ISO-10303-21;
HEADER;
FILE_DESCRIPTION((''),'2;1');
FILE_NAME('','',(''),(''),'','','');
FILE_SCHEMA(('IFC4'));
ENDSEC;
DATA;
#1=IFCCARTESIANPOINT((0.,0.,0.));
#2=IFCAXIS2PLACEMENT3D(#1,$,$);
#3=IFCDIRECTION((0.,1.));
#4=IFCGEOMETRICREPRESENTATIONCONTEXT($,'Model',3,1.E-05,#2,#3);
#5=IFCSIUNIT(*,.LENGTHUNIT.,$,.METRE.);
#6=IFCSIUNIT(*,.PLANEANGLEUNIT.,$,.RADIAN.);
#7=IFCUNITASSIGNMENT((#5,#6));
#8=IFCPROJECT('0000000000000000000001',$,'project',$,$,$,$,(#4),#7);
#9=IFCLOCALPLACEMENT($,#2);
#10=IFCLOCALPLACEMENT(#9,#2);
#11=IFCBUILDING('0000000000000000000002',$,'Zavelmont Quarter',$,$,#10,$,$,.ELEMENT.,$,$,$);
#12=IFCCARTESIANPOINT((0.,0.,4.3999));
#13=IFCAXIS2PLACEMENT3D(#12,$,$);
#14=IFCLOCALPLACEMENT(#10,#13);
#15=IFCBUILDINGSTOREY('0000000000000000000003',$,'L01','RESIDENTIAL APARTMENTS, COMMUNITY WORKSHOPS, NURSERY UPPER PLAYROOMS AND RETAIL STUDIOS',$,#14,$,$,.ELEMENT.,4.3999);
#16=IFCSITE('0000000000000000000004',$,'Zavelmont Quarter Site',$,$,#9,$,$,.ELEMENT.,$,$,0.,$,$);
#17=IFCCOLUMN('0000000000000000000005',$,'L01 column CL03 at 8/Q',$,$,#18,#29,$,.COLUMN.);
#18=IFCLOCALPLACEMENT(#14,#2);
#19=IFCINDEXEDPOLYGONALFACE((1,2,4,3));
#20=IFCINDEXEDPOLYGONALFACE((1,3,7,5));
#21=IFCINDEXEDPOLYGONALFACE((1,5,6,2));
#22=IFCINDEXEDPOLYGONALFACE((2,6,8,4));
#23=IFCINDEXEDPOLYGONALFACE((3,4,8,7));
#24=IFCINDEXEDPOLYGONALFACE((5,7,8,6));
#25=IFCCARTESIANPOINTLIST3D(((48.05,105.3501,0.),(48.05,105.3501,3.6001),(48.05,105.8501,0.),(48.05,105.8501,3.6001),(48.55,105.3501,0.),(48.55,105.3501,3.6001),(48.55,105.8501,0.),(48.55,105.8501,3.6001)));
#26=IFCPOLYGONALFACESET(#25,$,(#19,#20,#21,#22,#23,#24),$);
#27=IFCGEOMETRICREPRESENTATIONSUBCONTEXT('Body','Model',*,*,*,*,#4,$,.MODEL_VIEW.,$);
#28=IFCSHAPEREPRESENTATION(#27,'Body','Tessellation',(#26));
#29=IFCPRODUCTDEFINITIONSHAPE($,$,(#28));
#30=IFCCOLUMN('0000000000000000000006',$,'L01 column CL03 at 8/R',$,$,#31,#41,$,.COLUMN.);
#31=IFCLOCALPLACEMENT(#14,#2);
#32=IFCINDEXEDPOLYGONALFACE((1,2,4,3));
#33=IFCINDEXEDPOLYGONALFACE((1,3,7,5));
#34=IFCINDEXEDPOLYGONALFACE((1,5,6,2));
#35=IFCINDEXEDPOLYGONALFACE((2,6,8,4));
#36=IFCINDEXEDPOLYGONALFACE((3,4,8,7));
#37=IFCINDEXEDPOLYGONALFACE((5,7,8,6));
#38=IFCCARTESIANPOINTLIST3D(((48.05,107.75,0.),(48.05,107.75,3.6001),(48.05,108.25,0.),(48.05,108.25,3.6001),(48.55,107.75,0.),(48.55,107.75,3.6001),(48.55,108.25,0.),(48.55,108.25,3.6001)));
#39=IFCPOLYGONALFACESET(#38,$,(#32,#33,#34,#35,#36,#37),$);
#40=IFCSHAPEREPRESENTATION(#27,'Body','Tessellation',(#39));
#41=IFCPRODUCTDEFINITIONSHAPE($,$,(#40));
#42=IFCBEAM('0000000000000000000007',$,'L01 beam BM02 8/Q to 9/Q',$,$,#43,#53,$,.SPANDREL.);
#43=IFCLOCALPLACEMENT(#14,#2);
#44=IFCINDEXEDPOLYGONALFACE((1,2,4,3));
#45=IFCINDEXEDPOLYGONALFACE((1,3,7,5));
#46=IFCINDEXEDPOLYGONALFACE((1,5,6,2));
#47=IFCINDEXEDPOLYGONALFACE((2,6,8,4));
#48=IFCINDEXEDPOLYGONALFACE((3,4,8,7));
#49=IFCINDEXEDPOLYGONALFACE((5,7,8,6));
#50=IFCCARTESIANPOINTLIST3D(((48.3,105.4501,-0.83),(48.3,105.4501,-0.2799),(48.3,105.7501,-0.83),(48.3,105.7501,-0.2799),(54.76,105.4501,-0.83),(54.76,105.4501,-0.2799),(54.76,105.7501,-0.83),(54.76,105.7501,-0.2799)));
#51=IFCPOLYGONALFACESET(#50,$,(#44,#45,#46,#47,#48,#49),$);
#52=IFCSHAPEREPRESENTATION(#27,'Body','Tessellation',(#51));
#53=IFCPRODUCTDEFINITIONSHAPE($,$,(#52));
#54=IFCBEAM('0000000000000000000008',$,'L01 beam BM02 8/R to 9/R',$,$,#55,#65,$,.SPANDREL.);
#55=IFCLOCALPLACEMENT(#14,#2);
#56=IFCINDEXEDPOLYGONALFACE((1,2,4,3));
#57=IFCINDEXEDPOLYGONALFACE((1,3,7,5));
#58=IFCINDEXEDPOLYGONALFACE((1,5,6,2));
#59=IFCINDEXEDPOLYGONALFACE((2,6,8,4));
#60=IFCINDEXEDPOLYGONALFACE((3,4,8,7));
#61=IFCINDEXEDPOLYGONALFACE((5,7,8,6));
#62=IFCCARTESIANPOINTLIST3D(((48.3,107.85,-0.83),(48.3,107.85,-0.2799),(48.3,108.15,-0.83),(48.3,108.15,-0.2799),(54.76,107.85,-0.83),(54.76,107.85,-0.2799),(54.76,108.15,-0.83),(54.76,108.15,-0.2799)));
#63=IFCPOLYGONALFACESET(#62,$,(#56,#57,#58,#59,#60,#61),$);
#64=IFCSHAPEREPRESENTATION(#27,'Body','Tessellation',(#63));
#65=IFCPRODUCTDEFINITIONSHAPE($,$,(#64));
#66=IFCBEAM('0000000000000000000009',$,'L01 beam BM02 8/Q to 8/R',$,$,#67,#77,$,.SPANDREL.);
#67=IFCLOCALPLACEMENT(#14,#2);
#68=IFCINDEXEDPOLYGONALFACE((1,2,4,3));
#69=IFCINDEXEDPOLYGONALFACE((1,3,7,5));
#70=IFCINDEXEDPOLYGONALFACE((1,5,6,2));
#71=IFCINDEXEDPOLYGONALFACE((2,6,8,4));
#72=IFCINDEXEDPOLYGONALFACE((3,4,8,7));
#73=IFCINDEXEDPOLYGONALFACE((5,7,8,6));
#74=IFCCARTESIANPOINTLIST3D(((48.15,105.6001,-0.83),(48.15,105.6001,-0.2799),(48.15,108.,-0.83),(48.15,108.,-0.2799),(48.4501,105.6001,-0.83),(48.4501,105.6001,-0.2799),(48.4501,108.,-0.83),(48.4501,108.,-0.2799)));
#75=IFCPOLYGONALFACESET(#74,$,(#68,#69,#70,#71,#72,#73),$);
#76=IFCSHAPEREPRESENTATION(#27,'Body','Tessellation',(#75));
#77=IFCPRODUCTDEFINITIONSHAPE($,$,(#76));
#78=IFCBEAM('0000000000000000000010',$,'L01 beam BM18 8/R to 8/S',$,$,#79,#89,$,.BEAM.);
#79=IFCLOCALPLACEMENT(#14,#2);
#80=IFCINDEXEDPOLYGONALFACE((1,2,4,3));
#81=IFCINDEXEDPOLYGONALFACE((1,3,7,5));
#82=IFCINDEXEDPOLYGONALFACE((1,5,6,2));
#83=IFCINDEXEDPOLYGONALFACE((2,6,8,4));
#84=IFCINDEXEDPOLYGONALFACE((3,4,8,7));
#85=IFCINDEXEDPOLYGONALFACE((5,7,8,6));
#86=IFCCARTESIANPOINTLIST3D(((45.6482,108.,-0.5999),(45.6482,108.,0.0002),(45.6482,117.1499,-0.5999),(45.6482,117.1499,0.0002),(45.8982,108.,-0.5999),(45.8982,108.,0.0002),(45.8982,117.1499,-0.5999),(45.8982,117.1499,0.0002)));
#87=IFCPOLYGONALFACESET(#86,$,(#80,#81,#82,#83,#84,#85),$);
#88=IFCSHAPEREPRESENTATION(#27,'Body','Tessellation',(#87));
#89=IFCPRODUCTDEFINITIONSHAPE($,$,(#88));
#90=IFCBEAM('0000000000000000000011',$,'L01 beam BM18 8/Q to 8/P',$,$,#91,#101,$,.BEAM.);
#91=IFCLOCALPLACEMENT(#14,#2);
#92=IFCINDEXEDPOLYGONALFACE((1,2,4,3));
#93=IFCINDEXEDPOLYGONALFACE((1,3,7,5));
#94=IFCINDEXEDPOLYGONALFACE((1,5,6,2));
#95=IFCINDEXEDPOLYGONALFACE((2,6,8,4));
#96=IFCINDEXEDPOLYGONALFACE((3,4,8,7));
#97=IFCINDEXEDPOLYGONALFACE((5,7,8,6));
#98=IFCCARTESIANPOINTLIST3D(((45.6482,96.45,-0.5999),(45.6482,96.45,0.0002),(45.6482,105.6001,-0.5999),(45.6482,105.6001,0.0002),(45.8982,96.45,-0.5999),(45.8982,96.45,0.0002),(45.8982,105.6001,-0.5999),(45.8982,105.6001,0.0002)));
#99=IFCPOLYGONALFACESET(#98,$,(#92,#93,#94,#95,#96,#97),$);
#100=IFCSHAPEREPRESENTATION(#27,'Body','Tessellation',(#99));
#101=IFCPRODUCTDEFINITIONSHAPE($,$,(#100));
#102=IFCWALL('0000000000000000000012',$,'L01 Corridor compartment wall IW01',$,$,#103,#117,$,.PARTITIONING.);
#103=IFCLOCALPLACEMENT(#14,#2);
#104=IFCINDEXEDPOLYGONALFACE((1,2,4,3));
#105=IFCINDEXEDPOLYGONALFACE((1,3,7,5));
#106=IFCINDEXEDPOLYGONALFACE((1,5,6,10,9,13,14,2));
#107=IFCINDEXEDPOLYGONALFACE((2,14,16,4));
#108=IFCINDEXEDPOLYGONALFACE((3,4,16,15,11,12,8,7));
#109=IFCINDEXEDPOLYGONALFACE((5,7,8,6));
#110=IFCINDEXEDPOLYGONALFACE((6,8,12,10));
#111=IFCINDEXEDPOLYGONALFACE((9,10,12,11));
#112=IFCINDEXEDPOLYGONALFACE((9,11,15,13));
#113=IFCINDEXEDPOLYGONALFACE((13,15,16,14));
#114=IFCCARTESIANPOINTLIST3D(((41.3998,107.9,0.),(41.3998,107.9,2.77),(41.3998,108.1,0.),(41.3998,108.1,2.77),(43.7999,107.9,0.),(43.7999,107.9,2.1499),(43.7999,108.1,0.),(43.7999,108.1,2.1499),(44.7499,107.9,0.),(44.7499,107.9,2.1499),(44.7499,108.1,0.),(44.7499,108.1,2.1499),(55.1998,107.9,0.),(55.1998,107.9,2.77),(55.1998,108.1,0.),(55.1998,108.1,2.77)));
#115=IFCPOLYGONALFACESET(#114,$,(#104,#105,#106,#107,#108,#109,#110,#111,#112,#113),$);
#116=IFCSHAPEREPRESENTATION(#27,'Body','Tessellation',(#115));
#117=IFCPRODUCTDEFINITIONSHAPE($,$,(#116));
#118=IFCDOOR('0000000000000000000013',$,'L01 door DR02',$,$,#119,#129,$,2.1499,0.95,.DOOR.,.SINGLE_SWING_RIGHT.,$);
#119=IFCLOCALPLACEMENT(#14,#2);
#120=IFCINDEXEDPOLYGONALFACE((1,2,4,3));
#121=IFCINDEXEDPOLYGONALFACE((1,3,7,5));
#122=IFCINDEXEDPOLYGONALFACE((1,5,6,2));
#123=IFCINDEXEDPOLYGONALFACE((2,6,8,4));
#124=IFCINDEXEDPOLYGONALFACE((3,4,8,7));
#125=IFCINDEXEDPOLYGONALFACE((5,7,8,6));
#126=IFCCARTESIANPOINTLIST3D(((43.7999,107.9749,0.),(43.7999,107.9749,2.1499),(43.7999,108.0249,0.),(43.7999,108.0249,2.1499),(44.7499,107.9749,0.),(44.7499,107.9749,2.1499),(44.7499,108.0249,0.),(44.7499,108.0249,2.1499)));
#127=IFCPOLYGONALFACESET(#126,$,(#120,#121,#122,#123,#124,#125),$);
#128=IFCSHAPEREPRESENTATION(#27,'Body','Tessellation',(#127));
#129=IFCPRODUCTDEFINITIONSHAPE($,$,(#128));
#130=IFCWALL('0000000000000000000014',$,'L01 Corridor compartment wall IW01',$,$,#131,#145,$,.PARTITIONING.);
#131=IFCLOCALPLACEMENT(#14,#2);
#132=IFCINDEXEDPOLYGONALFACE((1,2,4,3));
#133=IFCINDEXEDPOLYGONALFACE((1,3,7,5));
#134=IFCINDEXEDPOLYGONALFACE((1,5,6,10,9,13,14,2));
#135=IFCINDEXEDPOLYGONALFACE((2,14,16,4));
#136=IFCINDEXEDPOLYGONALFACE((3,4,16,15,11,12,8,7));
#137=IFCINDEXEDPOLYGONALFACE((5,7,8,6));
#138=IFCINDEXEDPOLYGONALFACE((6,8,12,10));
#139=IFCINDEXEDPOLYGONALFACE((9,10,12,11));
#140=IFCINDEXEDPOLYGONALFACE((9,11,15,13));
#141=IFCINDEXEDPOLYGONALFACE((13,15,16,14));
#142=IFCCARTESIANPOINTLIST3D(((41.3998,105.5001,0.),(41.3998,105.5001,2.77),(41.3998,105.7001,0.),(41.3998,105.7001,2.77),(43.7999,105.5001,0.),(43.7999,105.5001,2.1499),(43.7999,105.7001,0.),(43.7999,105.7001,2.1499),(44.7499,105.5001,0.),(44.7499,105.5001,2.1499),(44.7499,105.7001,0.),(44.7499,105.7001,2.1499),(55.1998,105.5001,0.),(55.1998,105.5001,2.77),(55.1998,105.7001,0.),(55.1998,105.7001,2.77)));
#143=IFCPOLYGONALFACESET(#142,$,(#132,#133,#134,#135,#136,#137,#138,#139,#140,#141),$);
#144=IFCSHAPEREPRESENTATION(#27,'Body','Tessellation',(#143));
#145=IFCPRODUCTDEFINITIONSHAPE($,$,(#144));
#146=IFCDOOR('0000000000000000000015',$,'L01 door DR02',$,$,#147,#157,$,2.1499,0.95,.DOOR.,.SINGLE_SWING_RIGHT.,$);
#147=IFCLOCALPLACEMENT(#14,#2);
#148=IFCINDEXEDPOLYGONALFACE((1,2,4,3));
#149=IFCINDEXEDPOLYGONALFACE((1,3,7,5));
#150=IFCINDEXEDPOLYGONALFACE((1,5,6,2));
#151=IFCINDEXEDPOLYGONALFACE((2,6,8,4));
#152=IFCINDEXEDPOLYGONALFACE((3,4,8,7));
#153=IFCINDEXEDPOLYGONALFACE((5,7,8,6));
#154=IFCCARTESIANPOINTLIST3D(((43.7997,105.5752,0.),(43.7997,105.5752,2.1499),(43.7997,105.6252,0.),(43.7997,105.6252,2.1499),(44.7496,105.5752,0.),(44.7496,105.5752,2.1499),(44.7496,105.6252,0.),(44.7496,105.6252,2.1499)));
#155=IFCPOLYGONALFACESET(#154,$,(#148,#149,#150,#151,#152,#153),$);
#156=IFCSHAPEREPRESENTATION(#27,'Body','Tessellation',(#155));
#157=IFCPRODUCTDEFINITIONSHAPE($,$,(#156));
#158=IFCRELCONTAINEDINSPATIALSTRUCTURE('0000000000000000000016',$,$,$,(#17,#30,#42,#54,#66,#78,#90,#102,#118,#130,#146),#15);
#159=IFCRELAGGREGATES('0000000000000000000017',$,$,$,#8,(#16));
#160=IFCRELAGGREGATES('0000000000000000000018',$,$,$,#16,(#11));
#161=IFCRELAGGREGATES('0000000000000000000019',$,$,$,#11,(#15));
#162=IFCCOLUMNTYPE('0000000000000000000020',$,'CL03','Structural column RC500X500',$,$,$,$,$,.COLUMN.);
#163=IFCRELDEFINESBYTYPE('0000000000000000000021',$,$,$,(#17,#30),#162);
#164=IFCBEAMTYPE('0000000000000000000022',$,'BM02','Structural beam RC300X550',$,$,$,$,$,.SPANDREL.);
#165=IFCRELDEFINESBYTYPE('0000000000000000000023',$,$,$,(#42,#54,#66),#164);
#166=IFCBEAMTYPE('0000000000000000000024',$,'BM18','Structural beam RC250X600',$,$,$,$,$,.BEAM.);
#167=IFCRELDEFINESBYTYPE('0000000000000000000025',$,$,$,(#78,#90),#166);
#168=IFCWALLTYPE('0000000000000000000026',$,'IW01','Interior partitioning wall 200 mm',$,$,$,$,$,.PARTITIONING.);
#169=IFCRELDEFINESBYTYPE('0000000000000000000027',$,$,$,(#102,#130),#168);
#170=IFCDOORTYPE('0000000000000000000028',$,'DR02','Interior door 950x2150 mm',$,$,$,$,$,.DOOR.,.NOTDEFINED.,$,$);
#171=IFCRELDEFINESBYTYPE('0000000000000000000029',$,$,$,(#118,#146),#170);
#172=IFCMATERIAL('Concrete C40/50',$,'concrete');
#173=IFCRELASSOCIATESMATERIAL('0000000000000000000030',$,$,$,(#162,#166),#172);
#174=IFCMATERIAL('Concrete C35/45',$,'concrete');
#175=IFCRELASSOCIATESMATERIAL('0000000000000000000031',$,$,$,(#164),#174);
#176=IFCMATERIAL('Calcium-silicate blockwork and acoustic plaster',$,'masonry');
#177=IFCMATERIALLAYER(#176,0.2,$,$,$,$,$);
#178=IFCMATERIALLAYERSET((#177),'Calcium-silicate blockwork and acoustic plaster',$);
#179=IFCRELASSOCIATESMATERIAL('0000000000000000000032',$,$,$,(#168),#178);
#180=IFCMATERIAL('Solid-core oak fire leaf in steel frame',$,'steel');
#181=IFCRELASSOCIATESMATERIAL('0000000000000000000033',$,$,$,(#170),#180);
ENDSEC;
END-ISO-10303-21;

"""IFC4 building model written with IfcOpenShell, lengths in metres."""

from ifc_helpers import new_model, si_unit, direction, frame, frame_2d, origin, origin_with_axes, origin_2d, place, context, subcontext, project, spatial, rectangle, extrude, material, layer, layer_set, material_profile, profile_set, type_object, element, fill, save


model = new_model("IFC4")

# Units and contexts
model_context = context("Model", 3, precision=1e-05, world=origin(), true_north=direction((0.0, 1.0)))
body_context = subcontext(model_context, "Body", "Model", "MODEL_VIEW")
ifc_project = project(units=[si_unit("LENGTHUNIT", "METRE"), si_unit("PLANEANGLEUNIT", "RADIAN")], contexts=[model_context])

# Site, building, storey
site_placement = place(None, origin())
site = spatial("IfcSite", under=ifc_project, at=site_placement, Name="Zavelmont Quarter Site", CompositionType="ELEMENT", RefElevation=0.0)
building_placement = place(site_placement, origin())
building = spatial("IfcBuilding", under=site, at=building_placement, Name="Zavelmont Quarter", CompositionType="ELEMENT")
storey_placement = place(building_placement, frame((0.0, 0.0, 4.3999)))
storey = spatial("IfcBuildingStorey", under=building, at=storey_placement, Name="L01", Description="RESIDENTIAL APARTMENTS, COMMUNITY WORKSHOPS, NURSERY UPPER PLAYROOMS AND RETAIL STUDIOS", CompositionType="ELEMENT", Elevation=4.3999)

# Columns
ifc_material_1 = material(Name="Concrete C40/50", Category="concrete")
ifc_material_profile_1 = material_profile(ifc_material_1, rectangle(XDim=0.5, YDim=0.5, at=origin_2d()), Name="RC500X500")
ifc_profile_set_1 = profile_set([ifc_material_profile_1], Name="Concrete C40/50")
column_type = type_object("IfcColumnType", Name="CL03", Description="Structural column RC500X500", PredefinedType="COLUMN", material=ifc_profile_set_1)
for number, where, z_axis, x_axis, name in (
    (1, (48.3, 105.6001, 0.0), (0.0, 0.0, 1.0), (1.0, 0.0, 0.0), "L01 column CL03 at 8/Q"),
    (2, (48.3, 108.0, 0.0), (0.0, 0.0, 1.0), (1.0, 0.0, 0.0), "L01 column CL03 at 8/R"),
):
    element("IfcColumn", number, at=place(storey_placement, frame(where, z_axis=z_axis, x_axis=x_axis)), inside=storey, type_object=column_type, Name=name, PredefinedType="COLUMN", context=body_context, shape_type="SweptSolid", body=[
        extrude(rectangle(XDim=0.5, YDim=0.5, at=origin_2d()), origin(), (0.0, 0.0, 1.0), 3.6001),
    ])

# Beams
ifc_material_2 = material(Name="Concrete C35/45", Category="concrete")
ifc_material_profile_2 = material_profile(ifc_material_2, rectangle(XDim=0.3, YDim=0.55, at=origin_2d()), Name="RC300X550")
ifc_profile_set_2 = profile_set([ifc_material_profile_2], Name="Concrete C35/45")
beam_type_1 = type_object("IfcBeamType", Name="BM02", Description="Structural beam RC300X550", PredefinedType="SPANDREL", material=ifc_profile_set_2)
for number, where, z_axis, x_axis, name in (
    (3, (48.3, 105.6001, -0.5549), (1.0, 0.0, 0.0), (0.0, 1.0, 0.0), "L01 beam BM02 8/Q to 9/Q"),
    (4, (48.3, 108.0, -0.5549), (1.0, 0.0, 0.0), (0.0, 1.0, 0.0), "L01 beam BM02 8/R to 9/R"),
):
    element("IfcBeam", number, at=place(storey_placement, frame(where, z_axis=z_axis, x_axis=x_axis)), inside=storey, type_object=beam_type_1, Name=name, PredefinedType="SPANDREL", context=body_context, shape_type="SweptSolid", body=[
        extrude(rectangle(XDim=0.3, YDim=0.55, at=origin_2d()), origin(), (0.0, 0.0, 1.0), 6.46),
    ])
beam_1_placement = place(storey_placement, frame((48.3, 105.6001, -0.5549), z_axis=(0.0, 1.0, 0.0), x_axis=(-1.0, 0.0, 0.0)))
element("IfcBeam", 5, at=beam_1_placement, inside=storey, type_object=beam_type_1, Name="L01 beam BM02 8/Q to 8/R", PredefinedType="SPANDREL", context=body_context, shape_type="SweptSolid", body=[
    extrude(rectangle(XDim=0.3, YDim=0.55, at=origin_2d()), origin(), (0.0, 0.0, 1.0), 2.3999),
])
ifc_material_profile_3 = material_profile(ifc_material_1, rectangle(XDim=0.25, YDim=0.6001, at=origin_2d()), Name="RC250X600")
ifc_profile_set_3 = profile_set([ifc_material_profile_3], Name="Concrete C40/50")
beam_type_2 = type_object("IfcBeamType", Name="BM18", Description="Structural beam RC250X600", PredefinedType="BEAM", material=ifc_profile_set_3)
beam_2_placement = place(storey_placement, frame((45.7732, 108.0, -0.2998), z_axis=(0.0, 1.0, 0.0), x_axis=(-1.0, 0.0, 0.0)))
element("IfcBeam", 6, at=beam_2_placement, inside=storey, type_object=beam_type_2, Name="L01 beam BM18 8/R to 8/S", PredefinedType="BEAM", context=body_context, shape_type="SweptSolid", body=[
    extrude(rectangle(XDim=0.25, YDim=0.6001, at=origin_2d()), origin(), (0.0, 0.0, 1.0), 9.1499),
])
beam_3_placement = place(storey_placement, frame((45.7732, 105.6001, -0.2998), z_axis=(0.0, -1.0, 0.0), x_axis=(1.0, 0.0, 0.0)))
element("IfcBeam", 7, at=beam_3_placement, inside=storey, type_object=beam_type_2, Name="L01 beam BM18 8/Q to 8/P", PredefinedType="BEAM", context=body_context, shape_type="SweptSolid", body=[
    extrude(rectangle(XDim=0.25, YDim=0.6001, at=origin_2d()), origin(), (0.0, 0.0, 1.0), 9.1501),
])

# Walls, openings, doors
ifc_material_3 = material(Name="Calcium-silicate blockwork and acoustic plaster", Category="masonry")
ifc_layer_1 = layer(ifc_material_3, 0.2)
ifc_layer_set_1 = layer_set([ifc_layer_1], Name="Calcium-silicate blockwork and acoustic plaster")
wall_type_1 = type_object("IfcWallType", Name="IW01", Description="Interior partitioning wall 200 mm", PredefinedType="PARTITIONING", material=ifc_layer_set_1)
wall_1_placement = place(storey_placement, frame((41.3999, 108.0, 0.0), z_axis=(0.0, 0.0, 1.0), x_axis=(1.0, 0.0, 0.0)))
wall_1 = element("IfcWall", 8, at=wall_1_placement, inside=storey, type_object=wall_type_1, Name="L01 Corridor compartment wall IW01", PredefinedType="PARTITIONING", context=body_context, shape_type="SweptSolid", body=[
    extrude(rectangle(XDim=13.8, YDim=0.2, at=frame_2d((6.8999, 0.0))), origin(), (0.0, 0.0, 1.0), 2.77),
])
opening_1_placement = place(wall_1_placement, frame((2.3999, 0.0, 0.0)))
opening_1 = element("IfcOpeningElement", 9, at=opening_1_placement, cuts=wall_1, PredefinedType="OPENING", context=body_context, shape_type="SweptSolid", body=[
    extrude(rectangle(XDim=0.95, YDim=2.1499, at=frame_2d((0.4751, 1.075))), frame((0.0, 0.1118, 0.0), z_axis=(0.0, -1.0, 0.0), x_axis=(1.0, 0.0, 0.0)), (0.0, 0.0, 1.0), 0.2239),
])
ifc_material_4 = material(Name="Solid-core oak fire leaf in steel frame", Category="steel")
door_type_1 = type_object("IfcDoorType", Name="DR02", Description="Interior door 950x2150 mm", OperationType="NOTDEFINED", PredefinedType="DOOR", material=ifc_material_4)
door_1_placement = place(opening_1_placement, origin_with_axes())
door_1 = element("IfcDoor", 10, at=door_1_placement, inside=storey, type_object=door_type_1, Name="L01 door DR02", OperationType="SINGLE_SWING_RIGHT", OverallHeight=2.1499, OverallWidth=0.95, PredefinedType="DOOR", context=body_context, shape_type="SweptSolid", body=[
    extrude(rectangle(XDim=0.95, YDim=2.1499, at=frame_2d((0.4751, 1.075))), frame((0.0, 0.0249, 0.0), z_axis=(0.0, -1.0, 0.0), x_axis=(1.0, 0.0, 0.0)), (0.0, 0.0, 1.0), 0.05),
])
fill(opening_1, door_1)
wall_2_placement = place(storey_placement, frame((41.3999, 105.6001, 0.0), z_axis=(0.0, 0.0, 1.0), x_axis=(1.0, 0.0, 0.0)))
wall_2 = element("IfcWall", 11, at=wall_2_placement, inside=storey, type_object=wall_type_1, Name="L01 Corridor compartment wall IW01", PredefinedType="PARTITIONING", context=body_context, shape_type="SweptSolid", body=[
    extrude(rectangle(XDim=13.8, YDim=0.2, at=frame_2d((6.8999, 0.0))), origin(), (0.0, 0.0, 1.0), 2.77),
])
opening_2_placement = place(wall_2_placement, frame((2.3999, 0.0, 0.0)))
opening_2 = element("IfcOpeningElement", 12, at=opening_2_placement, cuts=wall_2, PredefinedType="OPENING", context=body_context, shape_type="SweptSolid", body=[
    extrude(rectangle(XDim=0.95, YDim=2.1499, at=frame_2d((0.4751, 1.075))), frame((0.0, 0.1118, 0.0), z_axis=(0.0, -1.0, 0.0), x_axis=(1.0, 0.0, 0.0)), (0.0, 0.0, 1.0), 0.2239),
])
door_2_placement = place(opening_2_placement, frame((0.95, 0.0, 0.0), z_axis=(0.0, 0.0, 1.0), x_axis=(-1.0, 0.0, 0.0)))
door_2 = element("IfcDoor", 13, at=door_2_placement, inside=storey, type_object=door_type_1, Name="L01 door DR02", OperationType="SINGLE_SWING_RIGHT", OverallHeight=2.1499, OverallWidth=0.95, PredefinedType="DOOR", context=body_context, shape_type="SweptSolid", body=[
    extrude(rectangle(XDim=0.95, YDim=2.1499, at=frame_2d((0.4751, 1.075))), frame((0.0, 0.0249, 0.0), z_axis=(0.0, -1.0, 0.0), x_axis=(1.0, 0.0, 0.0)), (0.0, 0.0, 1.0), 0.05),
])
fill(opening_2, door_2)

save(model, "model.ifc")
